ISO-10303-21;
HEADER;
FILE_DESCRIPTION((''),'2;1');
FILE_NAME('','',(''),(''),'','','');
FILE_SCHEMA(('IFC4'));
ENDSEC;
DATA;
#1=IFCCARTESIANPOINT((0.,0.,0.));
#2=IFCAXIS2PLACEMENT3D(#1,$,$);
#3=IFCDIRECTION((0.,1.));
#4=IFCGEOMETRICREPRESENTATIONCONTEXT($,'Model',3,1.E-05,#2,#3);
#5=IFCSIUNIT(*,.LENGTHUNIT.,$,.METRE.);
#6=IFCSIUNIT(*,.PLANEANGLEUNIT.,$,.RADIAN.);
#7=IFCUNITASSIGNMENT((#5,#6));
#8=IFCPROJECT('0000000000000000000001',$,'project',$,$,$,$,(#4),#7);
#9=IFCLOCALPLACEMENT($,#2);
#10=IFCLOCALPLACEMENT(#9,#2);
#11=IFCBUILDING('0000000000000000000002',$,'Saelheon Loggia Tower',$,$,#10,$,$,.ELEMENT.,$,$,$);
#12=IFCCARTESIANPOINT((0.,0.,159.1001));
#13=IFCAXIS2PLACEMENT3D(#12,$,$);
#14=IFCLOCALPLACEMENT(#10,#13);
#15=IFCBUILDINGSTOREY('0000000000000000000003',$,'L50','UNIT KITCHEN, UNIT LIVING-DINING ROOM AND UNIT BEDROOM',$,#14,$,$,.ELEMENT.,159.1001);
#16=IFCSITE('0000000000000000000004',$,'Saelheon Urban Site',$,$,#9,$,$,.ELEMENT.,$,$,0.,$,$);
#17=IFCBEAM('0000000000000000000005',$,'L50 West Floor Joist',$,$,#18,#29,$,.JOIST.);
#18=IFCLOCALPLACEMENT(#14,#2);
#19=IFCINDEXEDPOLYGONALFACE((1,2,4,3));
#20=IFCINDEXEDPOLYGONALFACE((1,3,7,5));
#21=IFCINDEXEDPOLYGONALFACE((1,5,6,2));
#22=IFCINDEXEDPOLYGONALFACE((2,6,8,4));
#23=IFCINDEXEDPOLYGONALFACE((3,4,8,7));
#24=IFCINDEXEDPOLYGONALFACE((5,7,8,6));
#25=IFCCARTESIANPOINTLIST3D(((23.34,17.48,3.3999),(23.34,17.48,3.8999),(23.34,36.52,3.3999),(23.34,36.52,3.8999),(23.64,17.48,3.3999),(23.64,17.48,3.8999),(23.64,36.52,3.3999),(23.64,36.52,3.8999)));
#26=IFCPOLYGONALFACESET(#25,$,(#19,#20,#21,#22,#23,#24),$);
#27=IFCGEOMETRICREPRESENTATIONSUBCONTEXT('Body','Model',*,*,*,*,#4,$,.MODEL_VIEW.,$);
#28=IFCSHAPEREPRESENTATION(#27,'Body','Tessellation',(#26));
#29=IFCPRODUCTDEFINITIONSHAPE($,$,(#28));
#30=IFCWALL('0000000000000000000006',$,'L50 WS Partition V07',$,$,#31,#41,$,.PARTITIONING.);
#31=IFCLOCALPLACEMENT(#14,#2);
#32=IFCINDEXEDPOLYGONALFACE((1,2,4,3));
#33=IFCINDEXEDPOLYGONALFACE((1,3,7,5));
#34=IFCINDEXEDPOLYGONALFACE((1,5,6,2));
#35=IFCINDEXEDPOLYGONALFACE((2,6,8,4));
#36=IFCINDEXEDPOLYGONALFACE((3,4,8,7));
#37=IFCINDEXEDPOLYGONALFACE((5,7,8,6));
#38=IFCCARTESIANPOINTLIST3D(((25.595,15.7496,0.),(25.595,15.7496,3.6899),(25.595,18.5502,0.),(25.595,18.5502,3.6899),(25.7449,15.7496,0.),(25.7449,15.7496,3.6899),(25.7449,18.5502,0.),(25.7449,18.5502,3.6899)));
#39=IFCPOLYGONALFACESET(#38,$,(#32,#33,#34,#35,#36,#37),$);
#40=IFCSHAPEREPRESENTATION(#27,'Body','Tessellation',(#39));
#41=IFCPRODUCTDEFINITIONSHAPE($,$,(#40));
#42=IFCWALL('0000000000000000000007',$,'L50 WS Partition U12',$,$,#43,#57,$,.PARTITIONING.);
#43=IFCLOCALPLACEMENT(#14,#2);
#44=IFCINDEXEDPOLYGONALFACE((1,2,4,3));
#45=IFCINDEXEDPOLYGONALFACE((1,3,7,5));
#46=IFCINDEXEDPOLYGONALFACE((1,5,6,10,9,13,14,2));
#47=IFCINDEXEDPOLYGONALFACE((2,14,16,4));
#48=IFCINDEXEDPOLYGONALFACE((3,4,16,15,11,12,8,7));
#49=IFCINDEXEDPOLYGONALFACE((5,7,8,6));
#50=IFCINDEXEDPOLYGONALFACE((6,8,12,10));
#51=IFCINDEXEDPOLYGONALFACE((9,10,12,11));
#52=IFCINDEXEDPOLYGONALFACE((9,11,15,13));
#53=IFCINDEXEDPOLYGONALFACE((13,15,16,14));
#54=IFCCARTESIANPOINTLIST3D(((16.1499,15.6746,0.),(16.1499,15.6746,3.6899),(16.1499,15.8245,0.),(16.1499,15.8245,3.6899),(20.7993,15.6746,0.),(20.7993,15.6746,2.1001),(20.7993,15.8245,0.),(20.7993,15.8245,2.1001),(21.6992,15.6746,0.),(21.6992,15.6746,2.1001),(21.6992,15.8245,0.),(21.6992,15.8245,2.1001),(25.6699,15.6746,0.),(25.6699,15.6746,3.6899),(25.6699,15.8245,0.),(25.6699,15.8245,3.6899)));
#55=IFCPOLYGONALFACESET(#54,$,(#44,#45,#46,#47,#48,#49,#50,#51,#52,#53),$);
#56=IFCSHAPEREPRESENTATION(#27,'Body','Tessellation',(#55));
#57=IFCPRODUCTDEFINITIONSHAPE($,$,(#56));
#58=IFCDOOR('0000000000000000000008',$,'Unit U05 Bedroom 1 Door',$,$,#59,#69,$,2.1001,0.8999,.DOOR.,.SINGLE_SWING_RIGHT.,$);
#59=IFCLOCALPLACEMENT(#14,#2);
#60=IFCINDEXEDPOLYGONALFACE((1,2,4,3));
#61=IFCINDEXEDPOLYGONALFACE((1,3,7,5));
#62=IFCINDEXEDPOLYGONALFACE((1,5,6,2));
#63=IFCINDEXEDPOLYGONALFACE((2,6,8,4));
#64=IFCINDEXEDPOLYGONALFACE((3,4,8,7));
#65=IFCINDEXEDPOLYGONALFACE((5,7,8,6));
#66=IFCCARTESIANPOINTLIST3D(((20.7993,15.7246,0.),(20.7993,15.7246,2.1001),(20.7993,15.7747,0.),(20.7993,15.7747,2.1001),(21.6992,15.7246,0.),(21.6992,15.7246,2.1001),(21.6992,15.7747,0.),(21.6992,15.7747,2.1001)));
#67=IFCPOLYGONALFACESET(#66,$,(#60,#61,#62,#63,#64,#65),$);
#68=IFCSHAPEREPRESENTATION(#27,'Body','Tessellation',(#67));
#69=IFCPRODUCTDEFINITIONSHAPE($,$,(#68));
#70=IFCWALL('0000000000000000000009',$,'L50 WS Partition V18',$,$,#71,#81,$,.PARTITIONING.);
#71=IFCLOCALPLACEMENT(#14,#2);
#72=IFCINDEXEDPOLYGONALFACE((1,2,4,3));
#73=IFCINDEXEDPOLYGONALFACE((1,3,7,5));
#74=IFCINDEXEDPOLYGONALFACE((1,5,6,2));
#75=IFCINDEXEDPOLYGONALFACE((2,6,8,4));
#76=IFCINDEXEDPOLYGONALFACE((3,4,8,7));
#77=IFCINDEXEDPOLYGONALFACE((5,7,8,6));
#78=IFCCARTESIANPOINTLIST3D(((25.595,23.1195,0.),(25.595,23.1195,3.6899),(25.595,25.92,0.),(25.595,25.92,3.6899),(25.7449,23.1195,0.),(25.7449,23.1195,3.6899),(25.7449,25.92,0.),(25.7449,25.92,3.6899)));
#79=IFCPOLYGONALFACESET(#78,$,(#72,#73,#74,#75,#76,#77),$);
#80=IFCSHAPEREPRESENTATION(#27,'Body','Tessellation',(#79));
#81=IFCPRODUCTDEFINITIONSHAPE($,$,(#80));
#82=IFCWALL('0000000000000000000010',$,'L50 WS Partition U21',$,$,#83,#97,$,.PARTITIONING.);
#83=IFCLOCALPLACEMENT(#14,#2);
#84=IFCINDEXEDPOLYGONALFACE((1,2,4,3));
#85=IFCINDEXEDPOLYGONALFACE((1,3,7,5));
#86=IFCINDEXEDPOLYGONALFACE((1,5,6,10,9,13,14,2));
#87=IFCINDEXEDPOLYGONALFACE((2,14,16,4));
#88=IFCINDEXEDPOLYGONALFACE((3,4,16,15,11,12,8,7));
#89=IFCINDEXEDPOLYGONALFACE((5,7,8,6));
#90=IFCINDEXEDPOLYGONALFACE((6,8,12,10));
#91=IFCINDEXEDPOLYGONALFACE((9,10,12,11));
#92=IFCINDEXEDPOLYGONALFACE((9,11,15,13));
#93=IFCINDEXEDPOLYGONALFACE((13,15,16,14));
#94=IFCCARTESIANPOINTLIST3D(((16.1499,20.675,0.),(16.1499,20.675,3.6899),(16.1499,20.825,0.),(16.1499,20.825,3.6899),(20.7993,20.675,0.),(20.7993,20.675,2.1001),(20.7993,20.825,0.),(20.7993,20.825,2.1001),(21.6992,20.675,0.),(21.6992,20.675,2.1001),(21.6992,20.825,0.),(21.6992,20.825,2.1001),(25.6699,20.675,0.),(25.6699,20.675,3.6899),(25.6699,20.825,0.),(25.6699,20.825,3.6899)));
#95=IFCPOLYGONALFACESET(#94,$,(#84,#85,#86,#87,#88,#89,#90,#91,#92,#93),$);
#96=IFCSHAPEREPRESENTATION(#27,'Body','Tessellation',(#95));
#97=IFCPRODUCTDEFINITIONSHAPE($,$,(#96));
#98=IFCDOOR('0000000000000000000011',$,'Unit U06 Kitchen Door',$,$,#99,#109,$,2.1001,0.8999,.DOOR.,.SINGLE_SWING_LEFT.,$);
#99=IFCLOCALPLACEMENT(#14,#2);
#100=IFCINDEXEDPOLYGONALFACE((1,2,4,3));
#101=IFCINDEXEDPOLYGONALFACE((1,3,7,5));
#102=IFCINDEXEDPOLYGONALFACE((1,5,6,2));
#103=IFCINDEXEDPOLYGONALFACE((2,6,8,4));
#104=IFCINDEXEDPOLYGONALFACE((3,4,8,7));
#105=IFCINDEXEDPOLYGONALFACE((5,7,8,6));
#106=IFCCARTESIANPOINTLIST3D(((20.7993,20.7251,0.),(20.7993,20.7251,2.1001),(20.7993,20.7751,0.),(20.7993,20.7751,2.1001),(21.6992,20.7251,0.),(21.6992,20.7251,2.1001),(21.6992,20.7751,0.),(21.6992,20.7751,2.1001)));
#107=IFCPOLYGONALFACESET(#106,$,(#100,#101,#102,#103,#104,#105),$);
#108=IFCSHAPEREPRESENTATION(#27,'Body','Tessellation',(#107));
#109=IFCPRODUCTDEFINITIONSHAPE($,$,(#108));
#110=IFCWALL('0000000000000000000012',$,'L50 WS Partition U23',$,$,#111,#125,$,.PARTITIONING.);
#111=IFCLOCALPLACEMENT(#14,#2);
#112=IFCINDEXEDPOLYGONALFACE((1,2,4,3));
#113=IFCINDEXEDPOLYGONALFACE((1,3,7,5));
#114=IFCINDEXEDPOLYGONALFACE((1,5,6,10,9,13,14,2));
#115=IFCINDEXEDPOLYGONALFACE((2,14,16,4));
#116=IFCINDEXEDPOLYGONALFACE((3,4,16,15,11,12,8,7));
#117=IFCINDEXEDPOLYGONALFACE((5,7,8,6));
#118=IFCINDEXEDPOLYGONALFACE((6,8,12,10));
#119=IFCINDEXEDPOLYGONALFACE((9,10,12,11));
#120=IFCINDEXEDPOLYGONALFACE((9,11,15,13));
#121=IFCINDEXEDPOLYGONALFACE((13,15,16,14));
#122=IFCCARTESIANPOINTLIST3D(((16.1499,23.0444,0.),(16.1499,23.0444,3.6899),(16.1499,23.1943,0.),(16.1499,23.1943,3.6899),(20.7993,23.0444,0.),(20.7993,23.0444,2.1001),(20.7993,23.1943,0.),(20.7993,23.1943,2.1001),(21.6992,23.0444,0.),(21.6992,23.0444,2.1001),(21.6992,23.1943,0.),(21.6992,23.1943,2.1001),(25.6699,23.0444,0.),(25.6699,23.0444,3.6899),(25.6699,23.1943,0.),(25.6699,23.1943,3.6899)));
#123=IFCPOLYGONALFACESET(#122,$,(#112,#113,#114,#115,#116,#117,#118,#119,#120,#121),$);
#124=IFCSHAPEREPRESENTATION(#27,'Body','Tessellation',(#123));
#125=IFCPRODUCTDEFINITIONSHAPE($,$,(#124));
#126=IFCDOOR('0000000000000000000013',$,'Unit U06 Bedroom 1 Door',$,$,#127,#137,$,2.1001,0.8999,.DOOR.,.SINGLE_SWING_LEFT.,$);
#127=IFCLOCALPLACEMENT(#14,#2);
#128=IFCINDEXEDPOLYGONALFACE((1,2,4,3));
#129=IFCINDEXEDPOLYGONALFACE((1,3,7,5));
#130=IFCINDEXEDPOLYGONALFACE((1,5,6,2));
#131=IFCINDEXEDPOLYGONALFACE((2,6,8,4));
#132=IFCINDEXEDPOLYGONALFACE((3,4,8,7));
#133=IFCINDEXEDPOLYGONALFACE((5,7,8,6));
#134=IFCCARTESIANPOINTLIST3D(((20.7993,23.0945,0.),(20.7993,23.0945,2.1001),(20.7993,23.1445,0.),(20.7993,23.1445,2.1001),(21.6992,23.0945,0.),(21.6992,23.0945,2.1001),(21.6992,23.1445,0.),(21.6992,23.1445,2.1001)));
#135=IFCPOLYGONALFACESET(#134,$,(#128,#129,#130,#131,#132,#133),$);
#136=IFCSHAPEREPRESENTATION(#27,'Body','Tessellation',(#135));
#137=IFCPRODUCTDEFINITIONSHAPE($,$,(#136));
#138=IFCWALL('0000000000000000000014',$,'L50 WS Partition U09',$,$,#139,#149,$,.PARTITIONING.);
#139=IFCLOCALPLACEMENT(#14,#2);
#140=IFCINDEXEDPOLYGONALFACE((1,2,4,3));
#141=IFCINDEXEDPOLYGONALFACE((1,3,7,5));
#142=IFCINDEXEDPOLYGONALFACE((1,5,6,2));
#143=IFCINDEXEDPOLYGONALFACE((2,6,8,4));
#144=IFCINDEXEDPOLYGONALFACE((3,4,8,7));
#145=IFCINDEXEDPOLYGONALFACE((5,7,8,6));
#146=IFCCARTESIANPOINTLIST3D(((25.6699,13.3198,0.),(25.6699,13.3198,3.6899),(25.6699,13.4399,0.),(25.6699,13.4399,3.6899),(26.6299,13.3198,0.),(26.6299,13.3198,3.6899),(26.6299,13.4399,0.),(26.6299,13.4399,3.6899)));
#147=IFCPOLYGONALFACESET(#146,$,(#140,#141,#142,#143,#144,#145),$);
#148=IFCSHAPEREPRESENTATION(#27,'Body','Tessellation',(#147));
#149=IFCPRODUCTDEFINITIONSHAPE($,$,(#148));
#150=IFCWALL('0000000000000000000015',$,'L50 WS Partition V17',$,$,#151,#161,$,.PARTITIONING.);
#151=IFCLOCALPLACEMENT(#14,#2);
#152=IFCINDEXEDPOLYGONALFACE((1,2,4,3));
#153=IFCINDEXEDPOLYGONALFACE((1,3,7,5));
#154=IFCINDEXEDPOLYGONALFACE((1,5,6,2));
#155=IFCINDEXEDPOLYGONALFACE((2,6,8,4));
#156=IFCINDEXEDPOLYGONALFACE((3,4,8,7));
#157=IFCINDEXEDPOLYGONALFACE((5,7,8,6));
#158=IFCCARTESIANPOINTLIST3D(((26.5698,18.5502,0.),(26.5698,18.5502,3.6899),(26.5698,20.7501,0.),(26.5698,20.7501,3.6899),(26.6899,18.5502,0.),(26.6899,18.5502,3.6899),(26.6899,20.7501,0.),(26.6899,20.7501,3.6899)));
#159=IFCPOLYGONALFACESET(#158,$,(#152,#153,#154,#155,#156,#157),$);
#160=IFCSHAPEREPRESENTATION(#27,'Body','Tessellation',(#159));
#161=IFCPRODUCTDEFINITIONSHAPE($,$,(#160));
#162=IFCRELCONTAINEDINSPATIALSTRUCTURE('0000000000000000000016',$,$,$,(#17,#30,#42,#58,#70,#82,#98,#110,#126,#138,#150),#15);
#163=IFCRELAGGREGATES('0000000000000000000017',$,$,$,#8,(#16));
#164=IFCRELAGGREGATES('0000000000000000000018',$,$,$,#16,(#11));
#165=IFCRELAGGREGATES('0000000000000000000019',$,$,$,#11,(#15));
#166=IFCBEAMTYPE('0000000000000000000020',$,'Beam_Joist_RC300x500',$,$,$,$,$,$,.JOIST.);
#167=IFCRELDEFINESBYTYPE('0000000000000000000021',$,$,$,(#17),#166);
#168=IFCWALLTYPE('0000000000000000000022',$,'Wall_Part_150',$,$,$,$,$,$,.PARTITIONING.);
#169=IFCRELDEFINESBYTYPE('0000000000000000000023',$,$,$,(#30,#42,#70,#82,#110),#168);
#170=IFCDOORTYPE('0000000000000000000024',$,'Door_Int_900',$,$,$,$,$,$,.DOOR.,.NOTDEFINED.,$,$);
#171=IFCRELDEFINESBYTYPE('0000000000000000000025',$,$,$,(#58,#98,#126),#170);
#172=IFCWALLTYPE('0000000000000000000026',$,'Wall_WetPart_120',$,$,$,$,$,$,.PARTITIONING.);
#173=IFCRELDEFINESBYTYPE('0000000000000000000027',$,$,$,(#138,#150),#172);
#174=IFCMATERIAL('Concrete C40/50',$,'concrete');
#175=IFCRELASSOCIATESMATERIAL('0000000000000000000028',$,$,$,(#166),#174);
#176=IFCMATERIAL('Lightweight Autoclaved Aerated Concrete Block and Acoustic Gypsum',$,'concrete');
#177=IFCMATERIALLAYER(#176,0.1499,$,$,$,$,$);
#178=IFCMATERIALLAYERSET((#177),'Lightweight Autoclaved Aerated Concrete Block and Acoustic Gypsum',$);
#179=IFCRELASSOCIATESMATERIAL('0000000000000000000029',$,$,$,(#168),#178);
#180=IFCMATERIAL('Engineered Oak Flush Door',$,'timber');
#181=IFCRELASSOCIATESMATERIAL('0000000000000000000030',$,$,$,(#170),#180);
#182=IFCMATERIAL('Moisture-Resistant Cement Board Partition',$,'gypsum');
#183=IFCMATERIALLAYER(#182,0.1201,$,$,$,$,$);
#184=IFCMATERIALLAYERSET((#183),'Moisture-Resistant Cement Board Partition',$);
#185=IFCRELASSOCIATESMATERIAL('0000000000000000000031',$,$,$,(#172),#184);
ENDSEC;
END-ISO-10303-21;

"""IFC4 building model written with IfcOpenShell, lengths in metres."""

from ifc_helpers import new_model, si_unit, direction, frame, frame_2d, origin, origin_2d, place, context, subcontext, project, spatial, rectangle, extrude, source, transform, mapped, material, layer, layer_set, material_profile, profile_set, type_object, element, fill, save


model = new_model("IFC4")

# Units and contexts
model_context = context("Model", 3, precision=1e-05, world=origin(), true_north=direction((0.0, 1.0)))
body_context = subcontext(model_context, "Body", "Model", "MODEL_VIEW")
ifc_project = project(units=[si_unit("LENGTHUNIT", "METRE"), si_unit("PLANEANGLEUNIT", "RADIAN")], contexts=[model_context])

# Site, building, storey
site_placement = place(None, origin())
site = spatial("IfcSite", under=ifc_project, at=site_placement, Name="Saelheon Urban Site", CompositionType="ELEMENT", RefElevation=0.0)
building_placement = place(site_placement, origin())
building = spatial("IfcBuilding", under=site, at=building_placement, Name="Saelheon Loggia Tower", CompositionType="ELEMENT")
storey_placement = place(building_placement, frame((0.0, 0.0, 159.1001)))
storey = spatial("IfcBuildingStorey", under=building, at=storey_placement, Name="L50", Description="UNIT KITCHEN, UNIT LIVING-DINING ROOM AND UNIT BEDROOM", CompositionType="ELEMENT", Elevation=159.1001)

# Beam
ifc_material_1 = material(Name="Concrete C40/50", Category="concrete")
ifc_material_profile = material_profile(ifc_material_1, rectangle(XDim=0.3, YDim=0.5, at=origin_2d()), Name="RC-300x500")
ifc_profile_set = profile_set([ifc_material_profile], Name="Concrete C40/50")
beam_type = type_object("IfcBeamType", Name="Beam_Joist_RC300x500", PredefinedType="JOIST", material=ifc_profile_set)
shared_shape_1 = source(origin(), body_context, "Body", "SweptSolid", [
    extrude(rectangle(XDim=0.3, YDim=0.5, at=origin_2d()), origin(), (0.0, 0.0, 1.0), 19.04),
])
beam_placement = place(storey_placement, frame((23.49, 17.48, 3.6499), z_axis=(0.0, 1.0, 0.0), x_axis=(-1.0, 0.0, 0.0)))
element("IfcBeam", 1, at=beam_placement, inside=storey, type_object=beam_type, Name="L50 West Floor Joist", PredefinedType="JOIST", context=body_context, shape_type="MappedRepresentation", body=[
    mapped(shared_shape_1, transform((0.0, 0.0, 0.0), scale=1.0)),
])

# Wall
ifc_material_2 = material(Name="Lightweight Autoclaved Aerated Concrete Block and Acoustic Gypsum", Category="concrete")
ifc_layer_1 = layer(ifc_material_2, 0.1499)
ifc_layer_set_1 = layer_set([ifc_layer_1], Name="Lightweight Autoclaved Aerated Concrete Block and Acoustic Gypsum")
wall_type_1 = type_object("IfcWallType", Name="Wall_Part_150", PredefinedType="PARTITIONING", material=ifc_layer_set_1)
wall_1_placement = place(storey_placement, frame((25.6699, 15.7495, 0.0), z_axis=(0.0, 0.0, 1.0), x_axis=(0.0, 1.0, 0.0)))
element("IfcWall", 2, at=wall_1_placement, inside=storey, type_object=wall_type_1, Name="L50 WS Partition V07", PredefinedType="PARTITIONING", context=body_context, shape_type="SweptSolid", body=[
    extrude(rectangle(XDim=2.8005, YDim=0.1499, at=frame_2d((1.4004, 0.0))), origin(), (0.0, 0.0, 1.0), 3.6899),
])

# Wall, opening, door
wall_2_placement = place(storey_placement, frame((25.6699, 15.7495, 0.0), z_axis=(0.0, 0.0, 1.0), x_axis=(-1.0, 0.0, 0.0)))
wall_2 = element("IfcWall", 3, at=wall_2_placement, inside=storey, type_object=wall_type_1, Name="L50 WS Partition U12", PredefinedType="PARTITIONING", context=body_context, shape_type="SweptSolid", body=[
    extrude(rectangle(XDim=9.52, YDim=0.1499, at=frame_2d((4.76, 0.0))), origin(), (0.0, 0.0, 1.0), 3.6899),
])
opening_1_placement = place(wall_2_placement, frame((3.9707, 0.0, 0.0)))
opening_1 = element("IfcOpeningElement", 4, at=opening_1_placement, cuts=wall_2, PredefinedType="OPENING", context=body_context, shape_type="SweptSolid", body=[
    extrude(rectangle(XDim=0.8999, YDim=2.1001, at=frame_2d((0.45, 1.05))), frame((0.0, 0.0869, 0.0), z_axis=(0.0, -1.0, 0.0), x_axis=(1.0, 0.0, 0.0)), (0.0, 0.0, 1.0), 0.1738),
])
ifc_material_3 = material(Name="Engineered Oak Flush Door", Category="timber")
door_type = type_object("IfcDoorType", Name="Door_Int_900", OperationType="NOTDEFINED", PredefinedType="DOOR", material=ifc_material_3)
shared_shape_2 = source(origin(), body_context, "Body", "SweptSolid", [
    extrude(rectangle(XDim=0.8999, YDim=2.1001, at=frame_2d((0.45, 1.05))), frame((0.0, 0.0249, 0.0), z_axis=(0.0, -1.0, 0.0), x_axis=(1.0, 0.0, 0.0)), (0.0, 0.0, 1.0), 0.05),
])
door_1_placement = place(opening_1_placement, origin())
door_1 = element("IfcDoor", 5, at=door_1_placement, inside=storey, type_object=door_type, Name="Unit U05 Bedroom 1 Door", OperationType="SINGLE_SWING_RIGHT", OverallHeight=2.1001, OverallWidth=0.8999, PredefinedType="DOOR", context=body_context, shape_type="MappedRepresentation", body=[
    mapped(shared_shape_2, transform((0.0, 0.0, 0.0), scale=1.0)),
])
fill(opening_1, door_1)

# Wall
wall_3_placement = place(storey_placement, frame((25.6699, 23.1194, 0.0), z_axis=(0.0, 0.0, 1.0), x_axis=(0.0, 1.0, 0.0)))
element("IfcWall", 6, at=wall_3_placement, inside=storey, type_object=wall_type_1, Name="L50 WS Partition V18", PredefinedType="PARTITIONING", context=body_context, shape_type="SweptSolid", body=[
    extrude(rectangle(XDim=2.8005, YDim=0.1499, at=frame_2d((1.4004, 0.0))), origin(), (0.0, 0.0, 1.0), 3.6899),
])

# Walls, openings, doors
wall_4_placement = place(storey_placement, frame((25.6699, 20.75, 0.0), z_axis=(0.0, 0.0, 1.0), x_axis=(-1.0, 0.0, 0.0)))
wall_4 = element("IfcWall", 7, at=wall_4_placement, inside=storey, type_object=wall_type_1, Name="L50 WS Partition U21", PredefinedType="PARTITIONING", context=body_context, shape_type="SweptSolid", body=[
    extrude(rectangle(XDim=9.52, YDim=0.1499, at=frame_2d((4.76, 0.0))), origin(), (0.0, 0.0, 1.0), 3.6899),
])
opening_2_placement = place(wall_4_placement, frame((3.9707, 0.0, 0.0)))
opening_2 = element("IfcOpeningElement", 8, at=opening_2_placement, cuts=wall_4, PredefinedType="OPENING", context=body_context, shape_type="SweptSolid", body=[
    extrude(rectangle(XDim=0.8999, YDim=2.1001, at=frame_2d((0.45, 1.05))), frame((0.0, 0.0869, 0.0), z_axis=(0.0, -1.0, 0.0), x_axis=(1.0, 0.0, 0.0)), (0.0, 0.0, 1.0), 0.1738),
])
door_2_placement = place(opening_2_placement, origin())
door_2 = element("IfcDoor", 9, at=door_2_placement, inside=storey, type_object=door_type, Name="Unit U06 Kitchen Door", OperationType="SINGLE_SWING_LEFT", OverallHeight=2.1001, OverallWidth=0.8999, PredefinedType="DOOR", context=body_context, shape_type="MappedRepresentation", body=[
    mapped(shared_shape_2, transform((0.0, 0.0, 0.0), scale=1.0)),
])
fill(opening_2, door_2)
wall_5_placement = place(storey_placement, frame((25.6699, 23.1194, 0.0), z_axis=(0.0, 0.0, 1.0), x_axis=(-1.0, 0.0, 0.0)))
wall_5 = element("IfcWall", 10, at=wall_5_placement, inside=storey, type_object=wall_type_1, Name="L50 WS Partition U23", PredefinedType="PARTITIONING", context=body_context, shape_type="SweptSolid", body=[
    extrude(rectangle(XDim=9.52, YDim=0.1499, at=frame_2d((4.76, 0.0))), origin(), (0.0, 0.0, 1.0), 3.6899),
])
opening_3_placement = place(wall_5_placement, frame((3.9707, 0.0, 0.0)))
opening_3 = element("IfcOpeningElement", 11, at=opening_3_placement, cuts=wall_5, PredefinedType="OPENING", context=body_context, shape_type="SweptSolid", body=[
    extrude(rectangle(XDim=0.8999, YDim=2.1001, at=frame_2d((0.45, 1.05))), frame((0.0, 0.0869, 0.0), z_axis=(0.0, -1.0, 0.0), x_axis=(1.0, 0.0, 0.0)), (0.0, 0.0, 1.0), 0.1738),
])
door_3_placement = place(opening_3_placement, origin())
door_3 = element("IfcDoor", 12, at=door_3_placement, inside=storey, type_object=door_type, Name="Unit U06 Bedroom 1 Door", OperationType="SINGLE_SWING_LEFT", OverallHeight=2.1001, OverallWidth=0.8999, PredefinedType="DOOR", context=body_context, shape_type="MappedRepresentation", body=[
    mapped(shared_shape_2, transform((0.0, 0.0, 0.0), scale=1.0)),
])
fill(opening_3, door_3)

# Walls
ifc_material_4 = material(Name="Moisture-Resistant Cement Board Partition", Category="gypsum")
ifc_layer_2 = layer(ifc_material_4, 0.1201)
ifc_layer_set_2 = layer_set([ifc_layer_2], Name="Moisture-Resistant Cement Board Partition")
wall_type_2 = type_object("IfcWallType", Name="Wall_WetPart_120", PredefinedType="PARTITIONING", material=ifc_layer_set_2)
wall_6_placement = place(storey_placement, frame((26.6299, 13.3799, 0.0), z_axis=(0.0, 0.0, 1.0), x_axis=(-1.0, 0.0, 0.0)))
element("IfcWall", 13, at=wall_6_placement, inside=storey, type_object=wall_type_2, Name="L50 WS Partition U09", PredefinedType="PARTITIONING", context=body_context, shape_type="SweptSolid", body=[
    extrude(rectangle(XDim=0.96, YDim=0.1201, at=frame_2d((0.48, 0.0))), origin(), (0.0, 0.0, 1.0), 3.6899),
])
wall_7_placement = place(storey_placement, frame((26.6299, 18.55, 0.0), z_axis=(0.0, 0.0, 1.0), x_axis=(0.0, 1.0, 0.0)))
element("IfcWall", 14, at=wall_7_placement, inside=storey, type_object=wall_type_2, Name="L50 WS Partition V17", PredefinedType="PARTITIONING", context=body_context, shape_type="SweptSolid", body=[
    extrude(rectangle(XDim=2.2, YDim=0.1201, at=frame_2d((1.1001, 0.0))), origin(), (0.0, 0.0, 1.0), 3.6899),
])

save(model, "model.ifc")
